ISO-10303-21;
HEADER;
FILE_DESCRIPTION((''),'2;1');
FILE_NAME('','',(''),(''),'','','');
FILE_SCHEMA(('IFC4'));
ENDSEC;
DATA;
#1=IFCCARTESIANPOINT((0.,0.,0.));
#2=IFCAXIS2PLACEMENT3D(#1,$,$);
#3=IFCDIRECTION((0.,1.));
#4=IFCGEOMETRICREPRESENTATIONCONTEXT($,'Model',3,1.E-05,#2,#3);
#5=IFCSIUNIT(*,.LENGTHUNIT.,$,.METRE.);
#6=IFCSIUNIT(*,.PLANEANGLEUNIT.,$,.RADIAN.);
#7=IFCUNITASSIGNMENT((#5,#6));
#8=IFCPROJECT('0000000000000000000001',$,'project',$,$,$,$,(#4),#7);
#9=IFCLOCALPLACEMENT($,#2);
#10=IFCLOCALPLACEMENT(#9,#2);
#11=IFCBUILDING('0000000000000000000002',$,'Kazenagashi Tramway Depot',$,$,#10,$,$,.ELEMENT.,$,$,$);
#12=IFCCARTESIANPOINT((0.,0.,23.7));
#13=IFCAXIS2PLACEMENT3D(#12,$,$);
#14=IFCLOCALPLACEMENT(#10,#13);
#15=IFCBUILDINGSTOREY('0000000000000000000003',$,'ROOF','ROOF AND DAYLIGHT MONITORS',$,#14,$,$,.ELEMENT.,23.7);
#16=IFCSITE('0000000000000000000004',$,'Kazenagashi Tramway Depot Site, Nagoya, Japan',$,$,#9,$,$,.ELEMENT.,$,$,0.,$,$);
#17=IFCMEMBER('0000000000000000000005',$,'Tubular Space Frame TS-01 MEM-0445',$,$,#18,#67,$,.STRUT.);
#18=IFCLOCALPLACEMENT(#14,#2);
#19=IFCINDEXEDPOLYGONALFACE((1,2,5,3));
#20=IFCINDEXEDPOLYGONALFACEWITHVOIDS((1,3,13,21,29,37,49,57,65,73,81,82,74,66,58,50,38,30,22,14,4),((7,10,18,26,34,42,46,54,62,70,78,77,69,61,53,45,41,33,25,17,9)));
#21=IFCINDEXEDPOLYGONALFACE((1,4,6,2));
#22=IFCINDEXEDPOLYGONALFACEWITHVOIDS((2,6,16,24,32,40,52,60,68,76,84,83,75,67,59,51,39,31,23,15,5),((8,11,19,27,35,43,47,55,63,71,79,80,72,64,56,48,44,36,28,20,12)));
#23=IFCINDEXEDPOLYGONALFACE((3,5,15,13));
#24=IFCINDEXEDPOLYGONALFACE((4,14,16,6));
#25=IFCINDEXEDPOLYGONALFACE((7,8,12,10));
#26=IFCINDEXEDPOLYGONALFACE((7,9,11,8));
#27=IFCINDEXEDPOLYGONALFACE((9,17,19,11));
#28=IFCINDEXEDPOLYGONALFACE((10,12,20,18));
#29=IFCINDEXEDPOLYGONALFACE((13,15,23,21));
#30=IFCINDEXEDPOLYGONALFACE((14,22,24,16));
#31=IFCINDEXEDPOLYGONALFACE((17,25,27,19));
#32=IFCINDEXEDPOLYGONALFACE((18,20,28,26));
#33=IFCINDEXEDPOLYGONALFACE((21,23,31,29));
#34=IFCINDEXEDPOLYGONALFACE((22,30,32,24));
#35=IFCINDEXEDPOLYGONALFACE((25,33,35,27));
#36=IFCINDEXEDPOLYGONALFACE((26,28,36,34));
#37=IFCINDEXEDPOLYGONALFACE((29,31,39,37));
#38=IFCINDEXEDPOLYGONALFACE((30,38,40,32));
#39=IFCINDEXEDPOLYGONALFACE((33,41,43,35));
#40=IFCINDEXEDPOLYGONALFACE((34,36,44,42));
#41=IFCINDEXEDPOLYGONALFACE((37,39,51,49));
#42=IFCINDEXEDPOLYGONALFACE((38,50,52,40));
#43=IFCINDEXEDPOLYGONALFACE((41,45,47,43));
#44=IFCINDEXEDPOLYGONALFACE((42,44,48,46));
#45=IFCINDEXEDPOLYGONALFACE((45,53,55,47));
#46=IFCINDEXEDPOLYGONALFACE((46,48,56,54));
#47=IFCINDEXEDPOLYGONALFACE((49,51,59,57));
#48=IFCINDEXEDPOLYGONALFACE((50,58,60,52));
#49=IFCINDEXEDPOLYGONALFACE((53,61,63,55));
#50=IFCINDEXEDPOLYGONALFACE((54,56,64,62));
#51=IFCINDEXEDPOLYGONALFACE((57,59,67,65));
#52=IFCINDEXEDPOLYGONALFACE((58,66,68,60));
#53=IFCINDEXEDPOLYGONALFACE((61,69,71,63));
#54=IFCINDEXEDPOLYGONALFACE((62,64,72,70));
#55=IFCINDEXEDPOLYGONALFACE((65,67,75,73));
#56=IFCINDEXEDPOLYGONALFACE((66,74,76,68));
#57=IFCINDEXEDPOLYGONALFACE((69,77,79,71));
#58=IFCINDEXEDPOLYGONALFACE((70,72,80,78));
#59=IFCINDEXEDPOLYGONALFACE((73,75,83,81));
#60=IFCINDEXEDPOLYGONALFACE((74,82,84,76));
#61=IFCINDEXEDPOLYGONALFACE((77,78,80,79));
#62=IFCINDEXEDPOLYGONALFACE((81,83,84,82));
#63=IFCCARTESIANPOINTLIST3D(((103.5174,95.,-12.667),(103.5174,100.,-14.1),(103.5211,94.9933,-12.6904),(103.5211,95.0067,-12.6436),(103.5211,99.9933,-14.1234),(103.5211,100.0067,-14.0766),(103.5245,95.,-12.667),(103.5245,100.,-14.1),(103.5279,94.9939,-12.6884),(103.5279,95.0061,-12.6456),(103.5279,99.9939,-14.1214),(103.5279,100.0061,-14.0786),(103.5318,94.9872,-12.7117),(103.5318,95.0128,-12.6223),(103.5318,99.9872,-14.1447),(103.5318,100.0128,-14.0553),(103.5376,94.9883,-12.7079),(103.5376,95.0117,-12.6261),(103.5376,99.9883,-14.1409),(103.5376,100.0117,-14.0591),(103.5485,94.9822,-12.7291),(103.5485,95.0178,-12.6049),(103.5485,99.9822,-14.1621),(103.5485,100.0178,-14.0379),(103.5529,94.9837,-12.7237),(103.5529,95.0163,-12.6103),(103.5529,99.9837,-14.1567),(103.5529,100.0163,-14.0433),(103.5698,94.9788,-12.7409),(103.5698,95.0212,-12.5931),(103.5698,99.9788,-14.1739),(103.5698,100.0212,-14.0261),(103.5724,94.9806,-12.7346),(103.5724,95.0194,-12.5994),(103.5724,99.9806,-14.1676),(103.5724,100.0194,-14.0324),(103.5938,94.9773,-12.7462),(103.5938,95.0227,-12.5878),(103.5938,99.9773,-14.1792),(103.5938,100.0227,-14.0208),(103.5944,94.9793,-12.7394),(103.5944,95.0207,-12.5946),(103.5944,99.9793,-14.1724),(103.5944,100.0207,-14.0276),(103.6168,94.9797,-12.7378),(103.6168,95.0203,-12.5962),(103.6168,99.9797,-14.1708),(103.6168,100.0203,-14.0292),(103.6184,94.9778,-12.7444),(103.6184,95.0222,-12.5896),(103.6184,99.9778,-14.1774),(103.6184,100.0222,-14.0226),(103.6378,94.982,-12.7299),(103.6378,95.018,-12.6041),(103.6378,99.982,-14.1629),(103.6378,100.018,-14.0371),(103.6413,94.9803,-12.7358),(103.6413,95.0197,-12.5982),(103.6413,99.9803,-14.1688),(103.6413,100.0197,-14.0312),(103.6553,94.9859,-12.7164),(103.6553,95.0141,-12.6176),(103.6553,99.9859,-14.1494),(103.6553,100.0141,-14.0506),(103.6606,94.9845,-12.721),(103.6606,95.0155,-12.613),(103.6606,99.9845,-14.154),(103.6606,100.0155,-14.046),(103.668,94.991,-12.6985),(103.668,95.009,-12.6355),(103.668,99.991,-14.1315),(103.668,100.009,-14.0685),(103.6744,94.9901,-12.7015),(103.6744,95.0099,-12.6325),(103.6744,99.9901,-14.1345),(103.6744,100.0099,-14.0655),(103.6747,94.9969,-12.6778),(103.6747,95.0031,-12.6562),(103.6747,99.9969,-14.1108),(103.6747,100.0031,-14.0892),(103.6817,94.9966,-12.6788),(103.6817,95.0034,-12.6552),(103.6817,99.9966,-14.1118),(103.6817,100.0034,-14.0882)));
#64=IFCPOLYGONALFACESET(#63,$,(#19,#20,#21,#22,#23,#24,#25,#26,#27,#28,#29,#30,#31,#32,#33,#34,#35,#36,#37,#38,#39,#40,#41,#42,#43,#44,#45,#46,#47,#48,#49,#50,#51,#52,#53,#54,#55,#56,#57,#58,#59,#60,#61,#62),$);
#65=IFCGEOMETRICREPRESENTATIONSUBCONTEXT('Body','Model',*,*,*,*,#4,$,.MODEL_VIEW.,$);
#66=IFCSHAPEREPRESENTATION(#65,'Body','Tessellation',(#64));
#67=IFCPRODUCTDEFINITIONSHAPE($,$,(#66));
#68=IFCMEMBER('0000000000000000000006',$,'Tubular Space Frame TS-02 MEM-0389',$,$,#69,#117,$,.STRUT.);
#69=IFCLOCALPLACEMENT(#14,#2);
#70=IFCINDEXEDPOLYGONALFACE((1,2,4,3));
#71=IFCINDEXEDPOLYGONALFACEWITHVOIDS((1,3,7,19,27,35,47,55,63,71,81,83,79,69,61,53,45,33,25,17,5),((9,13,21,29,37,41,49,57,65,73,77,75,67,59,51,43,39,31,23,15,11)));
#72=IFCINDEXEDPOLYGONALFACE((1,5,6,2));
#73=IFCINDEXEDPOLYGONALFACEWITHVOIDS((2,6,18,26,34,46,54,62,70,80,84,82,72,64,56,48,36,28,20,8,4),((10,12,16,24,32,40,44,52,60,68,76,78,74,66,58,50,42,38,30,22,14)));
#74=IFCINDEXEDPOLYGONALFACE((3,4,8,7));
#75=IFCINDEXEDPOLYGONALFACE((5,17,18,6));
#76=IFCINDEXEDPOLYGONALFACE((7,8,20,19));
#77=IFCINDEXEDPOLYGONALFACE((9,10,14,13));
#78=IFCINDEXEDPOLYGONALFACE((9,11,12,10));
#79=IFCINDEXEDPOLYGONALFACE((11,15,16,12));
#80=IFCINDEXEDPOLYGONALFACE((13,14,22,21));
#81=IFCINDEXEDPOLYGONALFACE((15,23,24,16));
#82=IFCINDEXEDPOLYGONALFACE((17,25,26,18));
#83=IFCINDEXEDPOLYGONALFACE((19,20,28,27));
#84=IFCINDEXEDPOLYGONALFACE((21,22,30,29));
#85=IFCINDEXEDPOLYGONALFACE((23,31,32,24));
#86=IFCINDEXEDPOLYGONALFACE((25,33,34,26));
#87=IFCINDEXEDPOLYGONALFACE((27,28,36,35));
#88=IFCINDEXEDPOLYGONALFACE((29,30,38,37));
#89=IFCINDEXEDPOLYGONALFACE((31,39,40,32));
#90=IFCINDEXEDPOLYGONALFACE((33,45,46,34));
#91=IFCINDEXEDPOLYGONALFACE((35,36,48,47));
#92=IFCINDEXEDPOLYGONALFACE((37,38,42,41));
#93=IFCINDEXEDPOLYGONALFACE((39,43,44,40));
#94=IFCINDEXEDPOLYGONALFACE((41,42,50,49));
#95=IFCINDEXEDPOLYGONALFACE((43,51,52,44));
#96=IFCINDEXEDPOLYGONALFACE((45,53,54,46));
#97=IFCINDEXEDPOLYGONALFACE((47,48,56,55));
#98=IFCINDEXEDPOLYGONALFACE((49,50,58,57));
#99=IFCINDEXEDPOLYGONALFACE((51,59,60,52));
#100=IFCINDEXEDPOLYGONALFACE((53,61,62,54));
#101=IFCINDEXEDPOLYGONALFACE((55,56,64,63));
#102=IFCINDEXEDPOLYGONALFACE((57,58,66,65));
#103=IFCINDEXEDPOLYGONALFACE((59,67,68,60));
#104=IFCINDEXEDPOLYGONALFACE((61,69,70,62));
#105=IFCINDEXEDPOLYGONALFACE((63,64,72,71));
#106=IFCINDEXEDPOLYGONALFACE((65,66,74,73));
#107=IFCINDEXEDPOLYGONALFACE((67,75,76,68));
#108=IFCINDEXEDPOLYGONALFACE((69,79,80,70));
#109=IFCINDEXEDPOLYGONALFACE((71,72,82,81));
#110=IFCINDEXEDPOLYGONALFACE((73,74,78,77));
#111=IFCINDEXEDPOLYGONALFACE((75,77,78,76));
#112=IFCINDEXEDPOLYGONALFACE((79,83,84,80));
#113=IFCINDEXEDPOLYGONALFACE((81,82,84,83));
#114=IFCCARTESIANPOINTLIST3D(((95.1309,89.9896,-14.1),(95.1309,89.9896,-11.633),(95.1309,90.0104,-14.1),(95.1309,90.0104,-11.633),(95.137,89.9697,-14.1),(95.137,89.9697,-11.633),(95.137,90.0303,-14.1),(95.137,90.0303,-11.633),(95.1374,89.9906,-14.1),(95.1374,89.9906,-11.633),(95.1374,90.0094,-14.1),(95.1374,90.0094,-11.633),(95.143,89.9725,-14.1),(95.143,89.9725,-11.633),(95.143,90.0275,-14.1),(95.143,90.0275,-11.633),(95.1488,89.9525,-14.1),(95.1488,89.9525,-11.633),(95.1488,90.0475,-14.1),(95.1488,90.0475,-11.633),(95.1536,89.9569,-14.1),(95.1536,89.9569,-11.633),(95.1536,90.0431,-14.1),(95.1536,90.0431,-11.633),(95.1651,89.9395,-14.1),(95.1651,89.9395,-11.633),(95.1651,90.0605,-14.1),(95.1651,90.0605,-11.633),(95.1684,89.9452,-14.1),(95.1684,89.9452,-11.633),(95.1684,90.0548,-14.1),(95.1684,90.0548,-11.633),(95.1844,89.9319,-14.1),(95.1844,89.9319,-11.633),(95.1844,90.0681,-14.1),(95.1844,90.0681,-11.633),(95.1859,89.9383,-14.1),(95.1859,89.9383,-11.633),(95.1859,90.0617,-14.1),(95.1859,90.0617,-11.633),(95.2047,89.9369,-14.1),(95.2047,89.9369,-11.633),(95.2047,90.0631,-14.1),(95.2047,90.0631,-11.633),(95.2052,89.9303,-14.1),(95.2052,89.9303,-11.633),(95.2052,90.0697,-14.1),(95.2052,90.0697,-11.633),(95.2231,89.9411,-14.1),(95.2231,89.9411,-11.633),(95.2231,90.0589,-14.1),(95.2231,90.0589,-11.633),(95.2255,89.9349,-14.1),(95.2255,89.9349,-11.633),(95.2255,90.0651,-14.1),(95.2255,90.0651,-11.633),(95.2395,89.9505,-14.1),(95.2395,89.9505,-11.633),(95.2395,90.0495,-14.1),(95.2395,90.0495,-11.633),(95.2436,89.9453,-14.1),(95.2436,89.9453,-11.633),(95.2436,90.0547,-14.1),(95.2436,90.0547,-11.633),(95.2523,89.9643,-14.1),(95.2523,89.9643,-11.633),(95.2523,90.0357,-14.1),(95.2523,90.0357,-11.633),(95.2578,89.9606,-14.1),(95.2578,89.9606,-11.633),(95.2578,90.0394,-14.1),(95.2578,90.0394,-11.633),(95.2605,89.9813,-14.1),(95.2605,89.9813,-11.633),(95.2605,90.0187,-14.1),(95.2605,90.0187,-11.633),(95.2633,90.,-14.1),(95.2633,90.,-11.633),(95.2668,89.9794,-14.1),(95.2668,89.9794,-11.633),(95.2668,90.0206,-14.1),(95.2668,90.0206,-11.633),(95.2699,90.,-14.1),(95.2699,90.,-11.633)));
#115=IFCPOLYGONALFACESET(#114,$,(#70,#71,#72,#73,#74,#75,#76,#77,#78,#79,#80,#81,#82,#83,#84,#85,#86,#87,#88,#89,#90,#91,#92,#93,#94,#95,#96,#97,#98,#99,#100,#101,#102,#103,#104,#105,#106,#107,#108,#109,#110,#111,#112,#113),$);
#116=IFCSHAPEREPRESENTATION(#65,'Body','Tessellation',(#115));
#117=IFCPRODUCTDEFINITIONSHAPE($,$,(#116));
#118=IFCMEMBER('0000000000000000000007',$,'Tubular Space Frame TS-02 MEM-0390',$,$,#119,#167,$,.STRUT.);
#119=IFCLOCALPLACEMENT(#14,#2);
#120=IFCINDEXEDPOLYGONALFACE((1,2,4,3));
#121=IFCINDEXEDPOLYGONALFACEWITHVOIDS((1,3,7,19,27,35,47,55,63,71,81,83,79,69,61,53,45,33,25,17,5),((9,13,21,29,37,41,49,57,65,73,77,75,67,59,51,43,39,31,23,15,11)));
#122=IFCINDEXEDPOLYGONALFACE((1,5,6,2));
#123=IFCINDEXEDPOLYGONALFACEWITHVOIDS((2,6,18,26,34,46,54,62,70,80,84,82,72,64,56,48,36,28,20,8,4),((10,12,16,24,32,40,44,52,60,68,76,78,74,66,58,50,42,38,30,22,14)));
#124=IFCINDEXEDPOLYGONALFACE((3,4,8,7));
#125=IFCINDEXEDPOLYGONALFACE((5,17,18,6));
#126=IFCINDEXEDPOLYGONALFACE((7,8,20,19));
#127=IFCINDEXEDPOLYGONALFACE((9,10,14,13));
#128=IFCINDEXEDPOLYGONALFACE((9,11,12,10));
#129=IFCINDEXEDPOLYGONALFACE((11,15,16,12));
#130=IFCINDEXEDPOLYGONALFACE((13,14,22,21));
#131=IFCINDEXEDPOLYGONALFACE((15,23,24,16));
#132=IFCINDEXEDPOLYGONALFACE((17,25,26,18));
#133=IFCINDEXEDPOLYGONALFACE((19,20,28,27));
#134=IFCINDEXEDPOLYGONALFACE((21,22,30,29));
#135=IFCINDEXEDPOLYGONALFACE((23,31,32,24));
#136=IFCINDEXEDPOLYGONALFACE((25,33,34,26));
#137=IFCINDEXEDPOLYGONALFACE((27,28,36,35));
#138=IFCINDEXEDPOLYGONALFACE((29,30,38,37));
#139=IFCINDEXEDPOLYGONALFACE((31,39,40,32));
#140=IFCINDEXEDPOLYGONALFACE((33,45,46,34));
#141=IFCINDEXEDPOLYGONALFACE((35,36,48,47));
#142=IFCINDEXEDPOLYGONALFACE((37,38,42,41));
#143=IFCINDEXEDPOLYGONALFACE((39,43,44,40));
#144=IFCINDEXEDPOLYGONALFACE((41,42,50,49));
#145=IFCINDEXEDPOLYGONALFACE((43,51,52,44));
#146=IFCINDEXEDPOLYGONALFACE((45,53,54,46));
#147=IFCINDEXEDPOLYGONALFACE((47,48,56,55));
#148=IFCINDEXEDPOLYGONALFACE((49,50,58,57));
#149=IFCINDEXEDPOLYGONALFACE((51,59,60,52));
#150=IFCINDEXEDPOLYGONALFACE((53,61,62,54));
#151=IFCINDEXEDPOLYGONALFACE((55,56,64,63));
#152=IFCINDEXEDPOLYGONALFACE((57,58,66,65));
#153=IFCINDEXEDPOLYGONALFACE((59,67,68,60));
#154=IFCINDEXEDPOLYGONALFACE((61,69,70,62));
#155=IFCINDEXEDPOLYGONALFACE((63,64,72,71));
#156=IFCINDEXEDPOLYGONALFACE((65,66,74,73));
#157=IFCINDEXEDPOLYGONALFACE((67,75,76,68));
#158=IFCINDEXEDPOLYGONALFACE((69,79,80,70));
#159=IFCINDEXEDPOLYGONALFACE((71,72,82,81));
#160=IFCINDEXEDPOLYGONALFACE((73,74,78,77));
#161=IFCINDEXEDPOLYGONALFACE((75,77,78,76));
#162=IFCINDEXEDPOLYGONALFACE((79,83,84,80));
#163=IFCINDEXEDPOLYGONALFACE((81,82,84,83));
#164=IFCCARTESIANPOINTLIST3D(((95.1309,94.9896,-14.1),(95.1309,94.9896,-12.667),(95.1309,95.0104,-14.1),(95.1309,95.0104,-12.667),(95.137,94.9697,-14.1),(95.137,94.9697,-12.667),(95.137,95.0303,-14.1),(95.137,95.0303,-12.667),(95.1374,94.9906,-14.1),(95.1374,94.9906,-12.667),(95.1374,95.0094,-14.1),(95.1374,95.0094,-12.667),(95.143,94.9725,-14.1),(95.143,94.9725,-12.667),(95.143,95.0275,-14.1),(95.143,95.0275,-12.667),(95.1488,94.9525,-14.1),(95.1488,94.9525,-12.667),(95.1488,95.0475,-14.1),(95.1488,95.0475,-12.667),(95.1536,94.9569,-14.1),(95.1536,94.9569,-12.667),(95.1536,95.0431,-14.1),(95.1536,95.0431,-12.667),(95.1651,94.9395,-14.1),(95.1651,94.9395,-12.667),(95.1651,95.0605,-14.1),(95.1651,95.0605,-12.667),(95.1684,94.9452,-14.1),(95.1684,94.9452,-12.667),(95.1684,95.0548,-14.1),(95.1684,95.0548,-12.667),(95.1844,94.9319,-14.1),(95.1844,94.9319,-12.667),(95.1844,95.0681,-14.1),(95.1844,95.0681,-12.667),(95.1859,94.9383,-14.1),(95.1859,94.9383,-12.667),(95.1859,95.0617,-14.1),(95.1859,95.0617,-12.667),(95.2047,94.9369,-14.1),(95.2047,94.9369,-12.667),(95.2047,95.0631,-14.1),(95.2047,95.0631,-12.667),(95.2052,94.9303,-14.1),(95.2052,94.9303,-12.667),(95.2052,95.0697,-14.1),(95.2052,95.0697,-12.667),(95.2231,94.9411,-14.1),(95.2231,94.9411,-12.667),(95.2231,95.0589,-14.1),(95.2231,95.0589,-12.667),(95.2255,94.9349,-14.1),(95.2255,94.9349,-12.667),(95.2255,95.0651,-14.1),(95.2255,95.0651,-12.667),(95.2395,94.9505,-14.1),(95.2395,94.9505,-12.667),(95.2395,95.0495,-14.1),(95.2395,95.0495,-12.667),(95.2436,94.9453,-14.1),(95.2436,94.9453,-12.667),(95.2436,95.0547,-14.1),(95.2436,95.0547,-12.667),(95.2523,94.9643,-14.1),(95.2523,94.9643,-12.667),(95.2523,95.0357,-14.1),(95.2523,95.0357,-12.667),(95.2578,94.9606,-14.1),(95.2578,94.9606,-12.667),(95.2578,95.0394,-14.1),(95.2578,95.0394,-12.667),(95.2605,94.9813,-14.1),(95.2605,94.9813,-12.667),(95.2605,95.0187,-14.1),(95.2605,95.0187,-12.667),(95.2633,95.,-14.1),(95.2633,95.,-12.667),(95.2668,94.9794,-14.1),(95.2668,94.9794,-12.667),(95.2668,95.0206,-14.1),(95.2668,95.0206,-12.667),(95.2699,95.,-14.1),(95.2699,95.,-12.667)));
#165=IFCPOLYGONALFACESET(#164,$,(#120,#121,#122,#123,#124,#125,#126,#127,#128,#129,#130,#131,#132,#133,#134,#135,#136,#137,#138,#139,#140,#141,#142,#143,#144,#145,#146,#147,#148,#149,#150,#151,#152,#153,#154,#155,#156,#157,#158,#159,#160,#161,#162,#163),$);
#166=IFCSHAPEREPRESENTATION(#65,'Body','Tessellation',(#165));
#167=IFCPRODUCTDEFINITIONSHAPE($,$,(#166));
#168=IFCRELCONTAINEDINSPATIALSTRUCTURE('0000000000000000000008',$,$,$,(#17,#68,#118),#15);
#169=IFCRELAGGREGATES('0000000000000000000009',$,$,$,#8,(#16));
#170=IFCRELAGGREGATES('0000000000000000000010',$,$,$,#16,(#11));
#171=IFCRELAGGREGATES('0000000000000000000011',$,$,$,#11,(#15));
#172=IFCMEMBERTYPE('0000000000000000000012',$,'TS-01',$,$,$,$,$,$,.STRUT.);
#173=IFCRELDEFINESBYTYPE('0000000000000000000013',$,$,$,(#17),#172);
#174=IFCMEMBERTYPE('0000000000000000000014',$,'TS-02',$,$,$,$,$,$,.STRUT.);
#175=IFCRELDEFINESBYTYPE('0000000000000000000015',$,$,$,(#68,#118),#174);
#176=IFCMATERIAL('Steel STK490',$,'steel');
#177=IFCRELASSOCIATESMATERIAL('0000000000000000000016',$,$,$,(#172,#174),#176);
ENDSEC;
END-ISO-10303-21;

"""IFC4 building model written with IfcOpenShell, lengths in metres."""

from ifc_helpers import new_model, si_unit, direction, frame, origin, origin_2d, place, context, subcontext, project, spatial, hollow_circle, extrude, material, material_profile, profile_set, type_object, element, save


model = new_model("IFC4")

# Units and contexts
model_context = context("Model", 3, precision=1e-05, world=origin(), true_north=direction((0.0, 1.0)))
body_context = subcontext(model_context, "Body", "Model", "MODEL_VIEW")
ifc_project = project(units=[si_unit("LENGTHUNIT", "METRE"), si_unit("PLANEANGLEUNIT", "RADIAN")], contexts=[model_context])

# Site, building, storey
site_placement = place(None, origin())
site = spatial("IfcSite", under=ifc_project, at=site_placement, Name="Kazenagashi Tramway Depot Site, Nagoya, Japan", CompositionType="ELEMENT", RefElevation=0.0)
building_placement = place(site_placement, origin())
building = spatial("IfcBuilding", under=site, at=building_placement, Name="Kazenagashi Tramway Depot", CompositionType="ELEMENT")
storey_placement = place(building_placement, frame((0.0, 0.0, 23.7)))
storey = spatial("IfcBuildingStorey", under=building, at=storey_placement, Name="ROOF", Description="ROOF AND DAYLIGHT MONITORS", CompositionType="ELEMENT", Elevation=23.7)

# Members
ifc_material_1 = material(Name="Steel STK490", Category="steel")
ifc_material_profile_1 = material_profile(ifc_material_1, hollow_circle(Radius=0.0826, WallThickness=0.0071, at=origin_2d()), Name="CHS-165.2x7.1")
ifc_profile_set_1 = profile_set([ifc_material_profile_1], Name="Steel STK490")
member_type_1 = type_object("IfcMemberType", Name="TS-01", PredefinedType="STRUT", material=ifc_profile_set_1)
member_1_placement = place(storey_placement, frame((103.6, 95.0, -12.667), z_axis=(0.0, 0.961299, -0.275508), x_axis=(-1.0, 0.0, 0.0)))
element("IfcMember", 1, at=member_1_placement, inside=storey, type_object=member_type_1, Name="Tubular Space Frame TS-01 MEM-0445", PredefinedType="STRUT", context=body_context, shape_type="SweptSolid", body=[
    extrude(hollow_circle(Radius=0.0826, WallThickness=0.0071, at=origin_2d()), origin(), (0.0, 0.0, 1.0), 5.2013),
])
ifc_material_profile_2 = material_profile(ifc_material_1, hollow_circle(Radius=0.0699, WallThickness=0.0066, at=origin_2d()), Name="CHS-139.8x6.6")
ifc_profile_set_2 = profile_set([ifc_material_profile_2], Name="Steel STK490")
member_type_2 = type_object("IfcMemberType", Name="TS-02", PredefinedType="STRUT", material=ifc_profile_set_2)
member_2_placement = place(storey_placement, frame((95.2, 90.0, -14.1), z_axis=(0.0, 0.0, 1.0), x_axis=(1.0, 0.0, 0.0)))
element("IfcMember", 2, at=member_2_placement, inside=storey, type_object=member_type_2, Name="Tubular Space Frame TS-02 MEM-0389", PredefinedType="STRUT", context=body_context, shape_type="SweptSolid", body=[
    extrude(hollow_circle(Radius=0.0699, WallThickness=0.0066, at=origin_2d()), origin(), (0.0, 0.0, 1.0), 2.467),
])
member_3_placement = place(storey_placement, frame((95.2, 95.0, -14.1), z_axis=(0.0, 0.0, 1.0), x_axis=(1.0, 0.0, 0.0)))
element("IfcMember", 3, at=member_3_placement, inside=storey, type_object=member_type_2, Name="Tubular Space Frame TS-02 MEM-0390", PredefinedType="STRUT", context=body_context, shape_type="SweptSolid", body=[
    extrude(hollow_circle(Radius=0.0699, WallThickness=0.0066, at=origin_2d()), origin(), (0.0, 0.0, 1.0), 1.433),
])

save(model, "model.ifc")
